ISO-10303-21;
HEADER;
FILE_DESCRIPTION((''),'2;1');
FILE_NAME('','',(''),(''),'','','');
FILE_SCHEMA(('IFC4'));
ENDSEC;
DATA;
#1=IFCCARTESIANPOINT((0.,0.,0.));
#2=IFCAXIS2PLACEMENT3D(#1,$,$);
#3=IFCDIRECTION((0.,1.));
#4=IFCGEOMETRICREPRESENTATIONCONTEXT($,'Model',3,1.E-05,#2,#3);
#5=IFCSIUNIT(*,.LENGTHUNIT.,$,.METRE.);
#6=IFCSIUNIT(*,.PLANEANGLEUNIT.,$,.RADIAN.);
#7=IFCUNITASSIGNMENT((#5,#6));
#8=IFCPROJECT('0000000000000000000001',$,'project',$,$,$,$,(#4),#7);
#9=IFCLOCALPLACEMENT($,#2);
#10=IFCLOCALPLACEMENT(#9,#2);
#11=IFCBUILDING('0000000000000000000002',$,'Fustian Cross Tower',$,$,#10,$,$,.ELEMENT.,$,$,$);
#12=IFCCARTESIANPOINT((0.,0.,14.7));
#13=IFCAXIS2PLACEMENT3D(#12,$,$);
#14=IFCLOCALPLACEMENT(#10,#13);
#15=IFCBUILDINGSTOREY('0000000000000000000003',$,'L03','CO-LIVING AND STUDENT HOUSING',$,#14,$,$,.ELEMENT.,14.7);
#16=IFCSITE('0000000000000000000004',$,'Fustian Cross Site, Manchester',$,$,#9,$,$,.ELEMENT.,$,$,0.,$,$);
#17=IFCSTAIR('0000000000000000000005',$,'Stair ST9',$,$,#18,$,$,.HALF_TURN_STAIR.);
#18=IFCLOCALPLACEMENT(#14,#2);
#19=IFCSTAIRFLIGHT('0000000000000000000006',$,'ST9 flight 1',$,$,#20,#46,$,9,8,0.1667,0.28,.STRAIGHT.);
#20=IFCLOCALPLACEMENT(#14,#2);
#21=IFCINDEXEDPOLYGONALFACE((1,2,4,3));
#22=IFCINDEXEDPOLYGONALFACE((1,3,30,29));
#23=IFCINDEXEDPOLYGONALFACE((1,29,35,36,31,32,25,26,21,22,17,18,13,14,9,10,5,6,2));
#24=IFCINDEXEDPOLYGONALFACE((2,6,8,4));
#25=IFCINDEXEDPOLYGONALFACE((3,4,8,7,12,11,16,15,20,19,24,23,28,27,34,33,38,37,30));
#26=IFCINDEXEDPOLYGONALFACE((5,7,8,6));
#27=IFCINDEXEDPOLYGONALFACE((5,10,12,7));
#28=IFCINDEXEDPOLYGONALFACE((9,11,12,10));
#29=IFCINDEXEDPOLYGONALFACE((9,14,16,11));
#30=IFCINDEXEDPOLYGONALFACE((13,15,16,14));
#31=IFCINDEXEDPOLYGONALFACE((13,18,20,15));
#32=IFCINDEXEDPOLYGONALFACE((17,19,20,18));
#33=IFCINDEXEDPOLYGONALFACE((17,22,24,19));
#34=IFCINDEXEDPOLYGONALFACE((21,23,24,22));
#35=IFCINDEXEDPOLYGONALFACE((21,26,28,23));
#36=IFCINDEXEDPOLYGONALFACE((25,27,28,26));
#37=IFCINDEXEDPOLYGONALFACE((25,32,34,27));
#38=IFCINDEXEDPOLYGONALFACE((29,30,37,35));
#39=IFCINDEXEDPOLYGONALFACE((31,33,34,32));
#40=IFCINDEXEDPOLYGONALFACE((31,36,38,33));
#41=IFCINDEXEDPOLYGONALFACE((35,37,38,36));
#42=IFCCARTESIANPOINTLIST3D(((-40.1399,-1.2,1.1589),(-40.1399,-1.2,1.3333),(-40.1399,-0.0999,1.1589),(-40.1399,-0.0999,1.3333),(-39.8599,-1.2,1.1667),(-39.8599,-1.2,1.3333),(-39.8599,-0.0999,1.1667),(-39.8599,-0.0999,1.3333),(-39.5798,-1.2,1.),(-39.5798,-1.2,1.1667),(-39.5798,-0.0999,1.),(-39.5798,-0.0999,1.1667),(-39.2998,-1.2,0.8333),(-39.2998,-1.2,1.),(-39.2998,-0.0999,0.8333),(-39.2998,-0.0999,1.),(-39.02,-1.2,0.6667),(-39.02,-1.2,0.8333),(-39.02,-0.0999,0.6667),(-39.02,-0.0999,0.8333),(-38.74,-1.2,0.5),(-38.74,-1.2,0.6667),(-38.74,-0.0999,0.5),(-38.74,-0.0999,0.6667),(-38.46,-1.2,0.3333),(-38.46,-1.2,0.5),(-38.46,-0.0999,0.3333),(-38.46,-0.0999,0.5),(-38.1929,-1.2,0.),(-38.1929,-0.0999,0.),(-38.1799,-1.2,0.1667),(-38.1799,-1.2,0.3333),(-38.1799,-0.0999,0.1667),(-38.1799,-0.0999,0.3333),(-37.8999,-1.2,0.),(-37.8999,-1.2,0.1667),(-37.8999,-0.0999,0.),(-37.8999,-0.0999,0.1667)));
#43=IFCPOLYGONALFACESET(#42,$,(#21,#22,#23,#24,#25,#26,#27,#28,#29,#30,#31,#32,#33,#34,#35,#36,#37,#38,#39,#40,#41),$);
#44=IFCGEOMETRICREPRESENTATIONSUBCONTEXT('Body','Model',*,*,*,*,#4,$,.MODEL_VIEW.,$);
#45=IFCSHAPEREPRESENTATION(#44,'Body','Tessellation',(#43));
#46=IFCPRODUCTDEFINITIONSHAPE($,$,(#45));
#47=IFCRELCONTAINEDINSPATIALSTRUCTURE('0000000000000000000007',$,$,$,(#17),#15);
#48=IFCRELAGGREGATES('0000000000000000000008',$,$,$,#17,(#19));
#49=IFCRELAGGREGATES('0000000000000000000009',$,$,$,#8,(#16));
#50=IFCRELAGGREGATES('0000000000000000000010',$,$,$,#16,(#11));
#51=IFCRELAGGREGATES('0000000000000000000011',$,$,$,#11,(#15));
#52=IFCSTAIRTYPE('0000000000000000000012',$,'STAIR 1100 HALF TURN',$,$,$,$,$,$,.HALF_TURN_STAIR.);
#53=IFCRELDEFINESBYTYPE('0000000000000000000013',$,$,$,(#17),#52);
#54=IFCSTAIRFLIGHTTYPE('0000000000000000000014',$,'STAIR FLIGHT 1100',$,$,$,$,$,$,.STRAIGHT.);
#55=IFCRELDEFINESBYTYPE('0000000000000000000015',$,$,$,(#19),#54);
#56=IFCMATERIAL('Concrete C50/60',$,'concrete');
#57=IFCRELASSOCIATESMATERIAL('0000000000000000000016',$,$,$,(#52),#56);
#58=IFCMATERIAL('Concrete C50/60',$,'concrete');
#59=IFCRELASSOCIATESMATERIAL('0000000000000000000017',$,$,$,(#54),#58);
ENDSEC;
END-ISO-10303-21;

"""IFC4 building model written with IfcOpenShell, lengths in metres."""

from ifc_helpers import new_model, si_unit, direction, frame, origin, place, context, subcontext, project, spatial, polyline, outline, extrude, material, type_object, element, aggregate, save


model = new_model("IFC4")

# Units and contexts
model_context = context("Model", 3, precision=1e-05, world=origin(), true_north=direction((0.0, 1.0)))
body_context = subcontext(model_context, "Body", "Model", "MODEL_VIEW")
ifc_project = project(units=[si_unit("LENGTHUNIT", "METRE"), si_unit("PLANEANGLEUNIT", "RADIAN")], contexts=[model_context])

# Site, building, storey
site_placement = place(None, origin())
site = spatial("IfcSite", under=ifc_project, at=site_placement, Name="Fustian Cross Site, Manchester", CompositionType="ELEMENT", RefElevation=0.0)
building_placement = place(site_placement, origin())
building = spatial("IfcBuilding", under=site, at=building_placement, Name="Fustian Cross Tower", CompositionType="ELEMENT")
storey_placement = place(building_placement, frame((0.0, 0.0, 14.7)))
storey = spatial("IfcBuildingStorey", under=building, at=storey_placement, Name="L03", Description="CO-LIVING AND STUDENT HOUSING", CompositionType="ELEMENT", Elevation=14.7)

# Stair, stair flight
ifc_material_1 = material(Name="Concrete C50/60", Category="concrete")
stair_type = type_object("IfcStairType", Name="STAIR 1100 HALF TURN", PredefinedType="HALF_TURN_STAIR", material=ifc_material_1)
stair_placement = place(storey_placement, origin())
stair = element("IfcStair", 1, at=stair_placement, inside=storey, type_object=stair_type, Name="Stair ST9", PredefinedType="HALF_TURN_STAIR")
ifc_material_2 = material(Name="Concrete C50/60", Category="concrete")
stair_flight_type = type_object("IfcStairFlightType", Name="STAIR FLIGHT 1100", PredefinedType="STRAIGHT", material=ifc_material_2)
stair_flight_placement = place(storey_placement, frame((-37.8999, -0.6499, 0.0), z_axis=(0.0, 0.0, 1.0), x_axis=(-1.0, 0.0, 0.0)))
stair_flight = element("IfcStairFlight", 2, at=stair_flight_placement, type_object=stair_flight_type, Name="ST9 flight 1", NumberOfRisers=9, NumberOfTreads=8, PredefinedType="STRAIGHT", RiserHeight=0.1667, TreadLength=0.28, context=body_context, shape_type="SweptSolid", body=[
    extrude(outline(polyline([(0.0, 0.0), (0.0, 0.1667), (0.28, 0.1667), (0.28, 0.3333), (0.5601, 0.3333), (0.5601, 0.5), (0.8401, 0.5), (0.8401, 0.6667), (1.1201, 0.6667), (1.1201, 0.8333), (1.3999, 0.8333), (1.3999, 1.0), (1.6799, 1.0), (1.6799, 1.1667), (1.96, 1.1667), (1.96, 1.3333), (2.24, 1.3333), (2.24, 1.5), (2.24, 1.1589), (0.293, 0.0), (0.0, 0.0)])), frame((0.0, 0.55, 0.0), z_axis=(0.0, -1.0, 0.0), x_axis=(1.0, 0.0, 0.0)), (0.0, 0.0, 1.0), 1.1001),
])
aggregate(stair, [stair_flight])

save(model, "model.ifc")
